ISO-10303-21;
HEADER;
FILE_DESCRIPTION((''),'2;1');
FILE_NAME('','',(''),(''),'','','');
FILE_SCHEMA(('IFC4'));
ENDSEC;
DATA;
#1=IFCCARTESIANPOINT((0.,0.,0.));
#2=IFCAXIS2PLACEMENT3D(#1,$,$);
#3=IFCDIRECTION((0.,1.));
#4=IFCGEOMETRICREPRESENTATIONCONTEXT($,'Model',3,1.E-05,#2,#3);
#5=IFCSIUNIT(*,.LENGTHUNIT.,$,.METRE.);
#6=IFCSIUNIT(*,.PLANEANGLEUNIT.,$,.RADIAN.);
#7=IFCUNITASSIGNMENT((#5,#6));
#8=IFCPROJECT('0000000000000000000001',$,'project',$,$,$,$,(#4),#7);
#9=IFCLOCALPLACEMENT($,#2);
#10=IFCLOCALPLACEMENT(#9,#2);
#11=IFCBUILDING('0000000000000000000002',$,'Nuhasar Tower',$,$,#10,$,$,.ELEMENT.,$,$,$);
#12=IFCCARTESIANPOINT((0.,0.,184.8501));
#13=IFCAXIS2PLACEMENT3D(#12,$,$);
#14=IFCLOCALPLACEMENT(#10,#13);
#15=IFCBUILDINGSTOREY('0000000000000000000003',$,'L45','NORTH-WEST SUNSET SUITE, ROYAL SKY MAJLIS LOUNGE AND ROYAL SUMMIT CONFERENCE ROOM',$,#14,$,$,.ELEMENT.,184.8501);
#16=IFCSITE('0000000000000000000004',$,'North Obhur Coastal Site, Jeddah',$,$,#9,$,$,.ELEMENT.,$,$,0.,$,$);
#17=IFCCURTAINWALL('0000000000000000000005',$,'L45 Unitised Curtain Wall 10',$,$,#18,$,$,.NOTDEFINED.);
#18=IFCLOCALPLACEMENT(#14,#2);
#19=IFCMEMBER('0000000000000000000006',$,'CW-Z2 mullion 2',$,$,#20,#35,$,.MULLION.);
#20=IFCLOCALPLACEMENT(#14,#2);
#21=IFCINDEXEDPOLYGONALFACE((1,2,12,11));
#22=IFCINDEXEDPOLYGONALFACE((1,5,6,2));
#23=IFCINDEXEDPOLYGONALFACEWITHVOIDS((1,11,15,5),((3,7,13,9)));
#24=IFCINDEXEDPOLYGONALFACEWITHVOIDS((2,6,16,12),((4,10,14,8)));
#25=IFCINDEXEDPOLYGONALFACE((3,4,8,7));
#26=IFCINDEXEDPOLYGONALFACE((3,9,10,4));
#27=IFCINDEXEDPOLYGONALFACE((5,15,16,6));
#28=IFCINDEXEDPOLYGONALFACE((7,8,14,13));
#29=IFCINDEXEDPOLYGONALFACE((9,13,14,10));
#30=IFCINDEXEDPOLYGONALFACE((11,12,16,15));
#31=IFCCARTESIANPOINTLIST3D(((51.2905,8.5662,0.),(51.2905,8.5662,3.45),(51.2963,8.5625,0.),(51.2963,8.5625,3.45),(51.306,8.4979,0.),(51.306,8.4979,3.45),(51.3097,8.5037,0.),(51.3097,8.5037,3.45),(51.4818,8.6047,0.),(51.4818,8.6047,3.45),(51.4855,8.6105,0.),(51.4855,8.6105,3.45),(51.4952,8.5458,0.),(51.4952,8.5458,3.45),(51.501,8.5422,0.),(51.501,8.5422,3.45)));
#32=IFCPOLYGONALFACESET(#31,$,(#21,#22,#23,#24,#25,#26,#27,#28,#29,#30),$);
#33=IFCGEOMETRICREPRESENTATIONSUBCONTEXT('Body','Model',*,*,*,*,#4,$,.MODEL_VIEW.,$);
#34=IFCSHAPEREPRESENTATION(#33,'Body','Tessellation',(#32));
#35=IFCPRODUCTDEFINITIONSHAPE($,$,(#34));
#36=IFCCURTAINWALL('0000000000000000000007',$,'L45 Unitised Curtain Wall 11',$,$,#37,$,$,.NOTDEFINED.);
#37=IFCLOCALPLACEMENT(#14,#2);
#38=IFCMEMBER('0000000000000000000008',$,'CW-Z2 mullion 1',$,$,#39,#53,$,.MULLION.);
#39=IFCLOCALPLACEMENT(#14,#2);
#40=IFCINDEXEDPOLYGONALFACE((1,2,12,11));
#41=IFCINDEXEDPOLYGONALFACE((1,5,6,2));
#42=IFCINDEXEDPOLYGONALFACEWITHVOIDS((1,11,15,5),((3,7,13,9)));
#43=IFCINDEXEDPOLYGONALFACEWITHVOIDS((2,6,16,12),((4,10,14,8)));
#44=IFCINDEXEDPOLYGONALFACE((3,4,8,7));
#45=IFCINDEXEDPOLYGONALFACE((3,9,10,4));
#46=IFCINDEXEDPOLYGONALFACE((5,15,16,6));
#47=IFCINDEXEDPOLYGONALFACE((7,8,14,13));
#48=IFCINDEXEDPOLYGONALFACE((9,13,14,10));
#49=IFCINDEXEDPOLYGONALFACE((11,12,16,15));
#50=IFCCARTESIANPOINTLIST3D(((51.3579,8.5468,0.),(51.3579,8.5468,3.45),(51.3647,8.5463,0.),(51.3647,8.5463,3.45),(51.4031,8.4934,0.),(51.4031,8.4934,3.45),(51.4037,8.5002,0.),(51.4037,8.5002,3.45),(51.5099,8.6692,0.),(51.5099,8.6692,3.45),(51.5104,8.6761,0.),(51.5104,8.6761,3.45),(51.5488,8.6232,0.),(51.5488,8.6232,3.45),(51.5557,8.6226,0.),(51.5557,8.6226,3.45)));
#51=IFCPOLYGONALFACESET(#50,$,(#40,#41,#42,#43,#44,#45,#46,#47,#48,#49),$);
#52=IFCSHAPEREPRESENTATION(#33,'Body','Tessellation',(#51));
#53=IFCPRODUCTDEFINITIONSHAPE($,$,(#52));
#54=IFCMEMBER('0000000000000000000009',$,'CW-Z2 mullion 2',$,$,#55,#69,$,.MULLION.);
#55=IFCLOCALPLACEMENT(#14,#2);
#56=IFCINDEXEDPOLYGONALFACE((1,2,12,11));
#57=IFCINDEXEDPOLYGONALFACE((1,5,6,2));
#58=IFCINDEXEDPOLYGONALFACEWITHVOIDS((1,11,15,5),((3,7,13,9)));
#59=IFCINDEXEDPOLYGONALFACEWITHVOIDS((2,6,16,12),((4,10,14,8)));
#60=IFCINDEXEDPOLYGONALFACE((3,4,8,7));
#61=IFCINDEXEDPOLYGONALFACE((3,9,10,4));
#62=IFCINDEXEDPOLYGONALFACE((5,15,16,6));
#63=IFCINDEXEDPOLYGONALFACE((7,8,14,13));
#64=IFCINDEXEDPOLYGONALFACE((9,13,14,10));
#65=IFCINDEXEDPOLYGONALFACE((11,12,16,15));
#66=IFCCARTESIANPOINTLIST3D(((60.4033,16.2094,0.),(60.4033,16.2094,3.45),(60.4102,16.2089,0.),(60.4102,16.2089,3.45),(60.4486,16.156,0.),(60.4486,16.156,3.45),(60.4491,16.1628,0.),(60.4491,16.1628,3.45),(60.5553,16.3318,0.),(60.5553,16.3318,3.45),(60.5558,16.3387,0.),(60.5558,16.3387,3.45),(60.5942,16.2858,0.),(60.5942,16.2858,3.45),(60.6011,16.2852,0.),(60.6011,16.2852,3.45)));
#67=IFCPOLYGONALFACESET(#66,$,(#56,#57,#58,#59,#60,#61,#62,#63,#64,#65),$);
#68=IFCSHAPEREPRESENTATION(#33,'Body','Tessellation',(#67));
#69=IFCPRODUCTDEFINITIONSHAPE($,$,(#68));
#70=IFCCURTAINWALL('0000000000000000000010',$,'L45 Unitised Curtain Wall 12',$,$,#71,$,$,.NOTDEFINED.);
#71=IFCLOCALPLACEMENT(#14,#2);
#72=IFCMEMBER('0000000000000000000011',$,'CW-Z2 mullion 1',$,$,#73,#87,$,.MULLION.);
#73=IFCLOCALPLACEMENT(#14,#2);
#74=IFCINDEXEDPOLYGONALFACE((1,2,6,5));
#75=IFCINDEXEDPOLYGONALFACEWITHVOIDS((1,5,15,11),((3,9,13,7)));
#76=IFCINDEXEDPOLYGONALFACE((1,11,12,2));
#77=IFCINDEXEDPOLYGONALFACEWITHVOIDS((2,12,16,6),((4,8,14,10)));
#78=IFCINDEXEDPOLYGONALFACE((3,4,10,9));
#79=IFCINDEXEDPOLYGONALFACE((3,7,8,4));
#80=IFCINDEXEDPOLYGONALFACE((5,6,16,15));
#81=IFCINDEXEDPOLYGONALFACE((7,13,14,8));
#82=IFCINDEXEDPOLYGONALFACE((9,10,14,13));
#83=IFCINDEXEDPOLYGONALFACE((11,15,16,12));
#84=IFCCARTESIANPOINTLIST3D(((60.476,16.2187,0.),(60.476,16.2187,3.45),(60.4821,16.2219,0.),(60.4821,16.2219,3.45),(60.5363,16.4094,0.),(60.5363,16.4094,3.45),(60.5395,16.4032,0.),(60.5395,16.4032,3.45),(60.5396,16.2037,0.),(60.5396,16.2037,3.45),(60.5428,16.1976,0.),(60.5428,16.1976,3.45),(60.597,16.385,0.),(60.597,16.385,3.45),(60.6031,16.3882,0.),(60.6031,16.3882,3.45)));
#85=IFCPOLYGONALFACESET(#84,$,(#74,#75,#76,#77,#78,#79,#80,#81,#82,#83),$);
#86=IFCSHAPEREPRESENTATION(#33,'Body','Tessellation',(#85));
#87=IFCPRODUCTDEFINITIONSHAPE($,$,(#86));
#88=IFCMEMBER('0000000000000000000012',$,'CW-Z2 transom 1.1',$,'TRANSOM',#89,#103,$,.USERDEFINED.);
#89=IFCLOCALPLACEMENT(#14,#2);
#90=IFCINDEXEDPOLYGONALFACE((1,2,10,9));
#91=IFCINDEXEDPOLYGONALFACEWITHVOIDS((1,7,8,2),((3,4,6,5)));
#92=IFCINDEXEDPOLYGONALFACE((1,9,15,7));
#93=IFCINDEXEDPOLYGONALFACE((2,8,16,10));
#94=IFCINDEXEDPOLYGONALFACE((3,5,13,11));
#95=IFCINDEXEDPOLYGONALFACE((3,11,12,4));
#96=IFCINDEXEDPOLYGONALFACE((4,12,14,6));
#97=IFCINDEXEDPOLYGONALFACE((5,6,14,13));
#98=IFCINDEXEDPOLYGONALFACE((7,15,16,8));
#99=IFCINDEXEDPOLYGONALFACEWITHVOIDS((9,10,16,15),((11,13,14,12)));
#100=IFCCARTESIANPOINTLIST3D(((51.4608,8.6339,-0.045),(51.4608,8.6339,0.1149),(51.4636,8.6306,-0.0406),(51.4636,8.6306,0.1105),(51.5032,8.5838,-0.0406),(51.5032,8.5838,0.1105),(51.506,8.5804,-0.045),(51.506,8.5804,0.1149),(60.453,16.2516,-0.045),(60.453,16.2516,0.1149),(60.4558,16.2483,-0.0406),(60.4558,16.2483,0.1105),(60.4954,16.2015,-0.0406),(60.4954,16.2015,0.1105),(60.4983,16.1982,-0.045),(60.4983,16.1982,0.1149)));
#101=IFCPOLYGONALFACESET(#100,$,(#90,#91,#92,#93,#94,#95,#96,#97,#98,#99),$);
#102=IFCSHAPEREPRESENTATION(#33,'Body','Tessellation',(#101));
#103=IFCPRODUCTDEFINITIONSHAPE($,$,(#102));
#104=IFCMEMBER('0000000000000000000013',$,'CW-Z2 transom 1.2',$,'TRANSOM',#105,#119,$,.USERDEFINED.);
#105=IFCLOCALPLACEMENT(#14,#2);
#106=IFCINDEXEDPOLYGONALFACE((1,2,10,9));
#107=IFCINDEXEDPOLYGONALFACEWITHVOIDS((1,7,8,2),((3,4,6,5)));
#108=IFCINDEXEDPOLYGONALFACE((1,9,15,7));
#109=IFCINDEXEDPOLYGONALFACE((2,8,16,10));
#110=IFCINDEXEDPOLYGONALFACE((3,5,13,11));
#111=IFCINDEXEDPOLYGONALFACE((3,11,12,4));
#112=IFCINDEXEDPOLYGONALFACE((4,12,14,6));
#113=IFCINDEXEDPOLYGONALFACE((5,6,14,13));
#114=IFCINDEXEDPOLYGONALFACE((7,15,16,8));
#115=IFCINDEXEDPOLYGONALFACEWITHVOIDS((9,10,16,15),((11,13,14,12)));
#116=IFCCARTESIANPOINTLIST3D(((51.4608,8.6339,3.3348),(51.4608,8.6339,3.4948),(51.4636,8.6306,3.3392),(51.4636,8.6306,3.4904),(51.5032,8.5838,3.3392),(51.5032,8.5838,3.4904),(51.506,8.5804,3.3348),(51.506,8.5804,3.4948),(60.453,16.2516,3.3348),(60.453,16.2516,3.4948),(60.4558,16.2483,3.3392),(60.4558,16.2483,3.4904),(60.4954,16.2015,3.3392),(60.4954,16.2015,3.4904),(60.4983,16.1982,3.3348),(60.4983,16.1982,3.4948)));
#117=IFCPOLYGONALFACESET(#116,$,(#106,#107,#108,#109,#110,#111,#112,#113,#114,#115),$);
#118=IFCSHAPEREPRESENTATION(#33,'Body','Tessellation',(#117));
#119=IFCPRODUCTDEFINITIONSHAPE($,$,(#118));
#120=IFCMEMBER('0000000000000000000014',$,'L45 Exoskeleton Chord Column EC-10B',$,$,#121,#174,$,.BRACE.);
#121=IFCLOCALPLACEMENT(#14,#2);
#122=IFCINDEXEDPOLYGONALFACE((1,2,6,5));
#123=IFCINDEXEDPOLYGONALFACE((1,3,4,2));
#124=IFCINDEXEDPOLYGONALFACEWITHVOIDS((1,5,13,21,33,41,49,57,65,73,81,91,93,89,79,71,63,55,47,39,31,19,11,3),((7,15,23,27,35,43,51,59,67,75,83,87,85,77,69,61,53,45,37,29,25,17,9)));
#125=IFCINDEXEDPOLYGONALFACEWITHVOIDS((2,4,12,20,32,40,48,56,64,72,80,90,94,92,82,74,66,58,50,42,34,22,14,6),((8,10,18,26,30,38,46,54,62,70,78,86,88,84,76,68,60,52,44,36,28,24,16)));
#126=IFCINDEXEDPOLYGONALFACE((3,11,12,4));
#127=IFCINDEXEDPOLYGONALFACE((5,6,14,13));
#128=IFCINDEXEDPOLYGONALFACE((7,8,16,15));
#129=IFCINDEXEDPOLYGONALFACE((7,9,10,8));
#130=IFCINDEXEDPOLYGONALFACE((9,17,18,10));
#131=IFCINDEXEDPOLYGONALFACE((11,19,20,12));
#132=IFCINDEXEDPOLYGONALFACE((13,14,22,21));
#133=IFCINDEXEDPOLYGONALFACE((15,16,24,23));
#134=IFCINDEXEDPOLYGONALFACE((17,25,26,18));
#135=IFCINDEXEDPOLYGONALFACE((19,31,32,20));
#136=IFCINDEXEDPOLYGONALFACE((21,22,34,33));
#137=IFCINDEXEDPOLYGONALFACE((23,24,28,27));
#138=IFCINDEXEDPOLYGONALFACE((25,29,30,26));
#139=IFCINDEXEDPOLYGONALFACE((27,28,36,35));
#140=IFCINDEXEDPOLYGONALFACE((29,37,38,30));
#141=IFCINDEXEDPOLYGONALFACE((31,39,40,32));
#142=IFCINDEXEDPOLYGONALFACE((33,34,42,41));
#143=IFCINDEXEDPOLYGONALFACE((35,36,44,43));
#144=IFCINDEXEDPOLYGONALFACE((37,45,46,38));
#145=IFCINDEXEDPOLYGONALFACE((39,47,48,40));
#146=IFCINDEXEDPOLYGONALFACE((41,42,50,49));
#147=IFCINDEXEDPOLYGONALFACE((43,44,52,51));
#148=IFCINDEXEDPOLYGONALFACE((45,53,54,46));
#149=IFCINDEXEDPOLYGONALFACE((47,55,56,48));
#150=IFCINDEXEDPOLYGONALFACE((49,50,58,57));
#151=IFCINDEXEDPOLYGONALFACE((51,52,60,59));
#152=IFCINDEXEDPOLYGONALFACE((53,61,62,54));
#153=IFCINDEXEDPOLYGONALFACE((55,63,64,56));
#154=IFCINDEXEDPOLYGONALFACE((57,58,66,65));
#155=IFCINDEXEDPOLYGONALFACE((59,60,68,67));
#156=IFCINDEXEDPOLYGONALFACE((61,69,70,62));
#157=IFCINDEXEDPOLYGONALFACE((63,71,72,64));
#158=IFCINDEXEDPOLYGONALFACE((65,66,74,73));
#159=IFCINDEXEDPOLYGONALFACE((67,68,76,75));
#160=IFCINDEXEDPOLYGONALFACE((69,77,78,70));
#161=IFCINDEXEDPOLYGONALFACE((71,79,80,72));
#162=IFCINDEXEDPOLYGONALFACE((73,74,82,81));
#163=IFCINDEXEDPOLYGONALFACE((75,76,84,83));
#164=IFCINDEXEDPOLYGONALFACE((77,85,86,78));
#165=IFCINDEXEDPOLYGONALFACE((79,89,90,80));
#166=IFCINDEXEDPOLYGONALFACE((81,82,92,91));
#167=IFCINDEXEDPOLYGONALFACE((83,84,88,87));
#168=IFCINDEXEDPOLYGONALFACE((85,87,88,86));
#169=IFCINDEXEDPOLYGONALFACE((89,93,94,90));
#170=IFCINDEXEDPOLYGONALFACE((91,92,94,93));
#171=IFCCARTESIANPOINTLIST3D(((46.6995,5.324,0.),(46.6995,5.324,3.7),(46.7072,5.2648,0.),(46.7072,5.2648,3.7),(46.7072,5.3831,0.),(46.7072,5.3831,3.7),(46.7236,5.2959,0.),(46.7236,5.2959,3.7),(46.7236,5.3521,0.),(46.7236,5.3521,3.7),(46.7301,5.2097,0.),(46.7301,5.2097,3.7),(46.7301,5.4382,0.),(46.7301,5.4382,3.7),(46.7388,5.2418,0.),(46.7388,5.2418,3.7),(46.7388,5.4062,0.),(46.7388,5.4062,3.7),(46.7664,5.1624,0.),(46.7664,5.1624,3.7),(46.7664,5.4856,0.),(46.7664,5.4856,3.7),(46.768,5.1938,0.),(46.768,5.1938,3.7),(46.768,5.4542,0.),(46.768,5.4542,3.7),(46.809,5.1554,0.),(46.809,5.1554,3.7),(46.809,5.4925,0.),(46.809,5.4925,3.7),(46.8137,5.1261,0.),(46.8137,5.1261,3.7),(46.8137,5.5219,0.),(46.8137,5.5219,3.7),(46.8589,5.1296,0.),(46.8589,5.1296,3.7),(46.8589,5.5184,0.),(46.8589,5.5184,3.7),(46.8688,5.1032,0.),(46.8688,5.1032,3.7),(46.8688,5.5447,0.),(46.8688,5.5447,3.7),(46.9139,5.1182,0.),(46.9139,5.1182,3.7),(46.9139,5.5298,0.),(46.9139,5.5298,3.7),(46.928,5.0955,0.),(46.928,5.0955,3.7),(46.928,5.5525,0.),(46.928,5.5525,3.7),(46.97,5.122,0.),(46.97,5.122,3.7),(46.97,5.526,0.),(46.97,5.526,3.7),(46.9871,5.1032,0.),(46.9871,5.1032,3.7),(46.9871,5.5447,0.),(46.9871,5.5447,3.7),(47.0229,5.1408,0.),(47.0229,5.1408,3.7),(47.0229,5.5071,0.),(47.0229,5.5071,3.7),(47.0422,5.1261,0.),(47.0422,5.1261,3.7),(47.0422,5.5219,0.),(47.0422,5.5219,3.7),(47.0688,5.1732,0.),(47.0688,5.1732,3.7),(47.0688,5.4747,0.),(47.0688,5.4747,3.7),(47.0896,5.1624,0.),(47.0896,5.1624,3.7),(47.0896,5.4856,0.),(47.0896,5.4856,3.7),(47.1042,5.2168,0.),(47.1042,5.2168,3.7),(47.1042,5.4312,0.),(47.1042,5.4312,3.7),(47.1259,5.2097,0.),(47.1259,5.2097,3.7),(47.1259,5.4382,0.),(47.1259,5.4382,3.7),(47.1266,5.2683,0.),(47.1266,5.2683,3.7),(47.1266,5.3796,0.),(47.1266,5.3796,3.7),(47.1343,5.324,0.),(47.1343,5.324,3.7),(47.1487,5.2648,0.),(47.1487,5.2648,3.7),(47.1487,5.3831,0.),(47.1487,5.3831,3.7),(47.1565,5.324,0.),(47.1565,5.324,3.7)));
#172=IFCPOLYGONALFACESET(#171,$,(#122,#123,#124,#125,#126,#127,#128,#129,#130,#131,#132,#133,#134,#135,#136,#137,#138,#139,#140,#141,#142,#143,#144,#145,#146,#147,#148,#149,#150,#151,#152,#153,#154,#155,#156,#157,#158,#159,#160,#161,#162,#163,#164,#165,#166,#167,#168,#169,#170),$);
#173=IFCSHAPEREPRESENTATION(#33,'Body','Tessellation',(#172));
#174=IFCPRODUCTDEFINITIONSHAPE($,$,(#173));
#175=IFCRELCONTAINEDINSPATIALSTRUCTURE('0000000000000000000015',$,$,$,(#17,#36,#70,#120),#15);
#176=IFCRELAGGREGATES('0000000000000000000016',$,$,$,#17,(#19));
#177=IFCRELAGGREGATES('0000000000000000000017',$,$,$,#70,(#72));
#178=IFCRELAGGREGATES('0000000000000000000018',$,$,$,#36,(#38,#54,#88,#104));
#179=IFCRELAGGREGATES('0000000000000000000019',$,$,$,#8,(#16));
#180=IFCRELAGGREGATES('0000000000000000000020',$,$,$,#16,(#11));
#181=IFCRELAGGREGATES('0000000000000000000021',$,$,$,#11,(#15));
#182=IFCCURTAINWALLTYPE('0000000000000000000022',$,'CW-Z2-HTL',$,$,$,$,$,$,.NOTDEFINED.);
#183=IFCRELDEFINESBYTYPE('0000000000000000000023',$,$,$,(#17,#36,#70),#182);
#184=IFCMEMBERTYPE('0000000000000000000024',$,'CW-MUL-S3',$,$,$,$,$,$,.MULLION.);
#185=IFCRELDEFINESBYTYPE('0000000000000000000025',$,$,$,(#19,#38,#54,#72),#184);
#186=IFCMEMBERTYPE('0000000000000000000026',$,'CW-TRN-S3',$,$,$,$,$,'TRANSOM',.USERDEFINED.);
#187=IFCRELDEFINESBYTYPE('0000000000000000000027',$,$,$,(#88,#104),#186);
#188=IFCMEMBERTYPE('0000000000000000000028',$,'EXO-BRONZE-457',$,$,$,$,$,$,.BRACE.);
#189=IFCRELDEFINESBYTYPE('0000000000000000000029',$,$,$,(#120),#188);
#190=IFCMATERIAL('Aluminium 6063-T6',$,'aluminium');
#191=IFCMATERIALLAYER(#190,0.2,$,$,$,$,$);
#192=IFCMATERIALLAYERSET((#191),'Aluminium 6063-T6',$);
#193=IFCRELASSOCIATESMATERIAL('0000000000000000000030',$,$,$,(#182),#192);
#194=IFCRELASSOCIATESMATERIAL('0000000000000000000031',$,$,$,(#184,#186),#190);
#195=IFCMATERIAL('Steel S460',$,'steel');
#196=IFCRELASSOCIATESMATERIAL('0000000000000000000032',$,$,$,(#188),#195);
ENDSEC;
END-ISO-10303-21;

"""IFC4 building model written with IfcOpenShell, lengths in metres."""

from ifc_helpers import new_model, si_unit, direction, frame, origin, origin_2d, place, context, subcontext, project, spatial, hollow_rectangle, hollow_circle, extrude, material, layer, layer_set, material_profile, profile_set, type_object, element, aggregate, save


model = new_model("IFC4")

# Units and contexts
model_context = context("Model", 3, precision=1e-05, world=origin(), true_north=direction((0.0, 1.0)))
body_context = subcontext(model_context, "Body", "Model", "MODEL_VIEW")
ifc_project = project(units=[si_unit("LENGTHUNIT", "METRE"), si_unit("PLANEANGLEUNIT", "RADIAN")], contexts=[model_context])

# Site, building, storey
site_placement = place(None, origin())
site = spatial("IfcSite", under=ifc_project, at=site_placement, Name="North Obhur Coastal Site, Jeddah", CompositionType="ELEMENT", RefElevation=0.0)
building_placement = place(site_placement, origin())
building = spatial("IfcBuilding", under=site, at=building_placement, Name="Nuhasar Tower", CompositionType="ELEMENT")
storey_placement = place(building_placement, frame((0.0, 0.0, 184.8501)))
storey = spatial("IfcBuildingStorey", under=building, at=storey_placement, Name="L45", Description="NORTH-WEST SUNSET SUITE, ROYAL SKY MAJLIS LOUNGE AND ROYAL SUMMIT CONFERENCE ROOM", CompositionType="ELEMENT", Elevation=184.8501)

# Curtain wall, member
ifc_material_1 = material(Name="Aluminium 6063-T6", Category="aluminium")
ifc_layer_1 = layer(ifc_material_1, 0.2)
ifc_layer_set_1 = layer_set([ifc_layer_1], Name="Aluminium 6063-T6")
curtain_wall_type = type_object("IfcCurtainWallType", Name="CW-Z2-HTL", PredefinedType="NOTDEFINED", material=ifc_layer_set_1)
curtain_wall_1_placement = place(storey_placement, origin())
curtain_wall_1 = element("IfcCurtainWall", 1, at=curtain_wall_1_placement, inside=storey, type_object=curtain_wall_type, Name="L45 Unitised Curtain Wall 10", PredefinedType="NOTDEFINED")
ifc_material_profile_1 = material_profile(ifc_material_1, hollow_rectangle(XDim=0.0701, YDim=0.2, WallThickness=0.0049, at=origin_2d()), Name="CWM-3")
ifc_profile_set_1 = profile_set([ifc_material_profile_1], Name="Aluminium 6063-T6")
member_type_1 = type_object("IfcMemberType", Name="CW-MUL-S3", PredefinedType="MULLION", material=ifc_profile_set_1)
member_1_placement = place(storey_placement, frame((51.3958, 8.5542, 0.0), z_axis=(0.0, 0.0, 1.0), x_axis=(-0.221397, 0.975184, 0.0)))
member_1 = element("IfcMember", 2, at=member_1_placement, type_object=member_type_1, Name="CW-Z2 mullion 2", PredefinedType="MULLION", context=body_context, shape_type="SweptSolid", body=[
    extrude(hollow_rectangle(XDim=0.0701, YDim=0.2, WallThickness=0.0049, at=origin_2d()), origin(), (0.0, 0.0, 1.0), 3.45),
])
aggregate(curtain_wall_1, [member_1])

# Curtain wall, members
curtain_wall_2_placement = place(storey_placement, origin())
curtain_wall_2 = element("IfcCurtainWall", 3, at=curtain_wall_2_placement, inside=storey, type_object=curtain_wall_type, Name="L45 Unitised Curtain Wall 11", PredefinedType="NOTDEFINED")
member_2_placement = place(storey_placement, frame((51.4568, 8.5847, 0.0), z_axis=(0.0, 0.0, 1.0), x_axis=(-0.646374, 0.76302, 0.0)))
member_2 = element("IfcMember", 4, at=member_2_placement, type_object=member_type_1, Name="CW-Z2 mullion 1", PredefinedType="MULLION", context=body_context, shape_type="SweptSolid", body=[
    extrude(hollow_rectangle(XDim=0.0701, YDim=0.2, WallThickness=0.0049, at=origin_2d()), origin(), (0.0, 0.0, 1.0), 3.45),
])
member_3_placement = place(storey_placement, frame((60.5022, 16.2473, 0.0), z_axis=(0.0, 0.0, 1.0), x_axis=(-0.646374, 0.76302, 0.0)))
member_3 = element("IfcMember", 5, at=member_3_placement, type_object=member_type_1, Name="CW-Z2 mullion 2", PredefinedType="MULLION", context=body_context, shape_type="SweptSolid", body=[
    extrude(hollow_rectangle(XDim=0.0701, YDim=0.2, WallThickness=0.0049, at=origin_2d()), origin(), (0.0, 0.0, 1.0), 3.45),
])

# Curtain wall, member
curtain_wall_3_placement = place(storey_placement, origin())
curtain_wall_3 = element("IfcCurtainWall", 6, at=curtain_wall_3_placement, inside=storey, type_object=curtain_wall_type, Name="L45 Unitised Curtain Wall 12", PredefinedType="NOTDEFINED")
member_4_placement = place(storey_placement, frame((60.5396, 16.3035, 0.0), z_axis=(0.0, 0.0, 1.0), x_axis=(-0.953433, 0.301604, 0.0)))
member_4 = element("IfcMember", 7, at=member_4_placement, type_object=member_type_1, Name="CW-Z2 mullion 1", PredefinedType="MULLION", context=body_context, shape_type="SweptSolid", body=[
    extrude(hollow_rectangle(XDim=0.0701, YDim=0.2, WallThickness=0.0049, at=origin_2d()), origin(), (0.0, 0.0, 1.0), 3.45),
])
aggregate(curtain_wall_3, [member_4])

# Members
ifc_material_profile_2 = material_profile(ifc_material_1, hollow_rectangle(XDim=0.0701, YDim=0.1599, WallThickness=0.0044, at=origin_2d()), Name="CWT-3")
ifc_profile_set_2 = profile_set([ifc_material_profile_2], Name="Aluminium 6063-T6")
member_type_2 = type_object("IfcMemberType", Name="CW-TRN-S3", ElementType="TRANSOM", PredefinedType="USERDEFINED", material=ifc_profile_set_2)
member_5_placement = place(storey_placement, frame((51.4834, 8.6072, 0.0349), z_axis=(0.763014, 0.646382, 0.0), x_axis=(-0.646382, 0.763014, 0.0)))
member_5 = element("IfcMember", 8, at=member_5_placement, type_object=member_type_2, Name="CW-Z2 transom 1.1", ObjectType="TRANSOM", PredefinedType="USERDEFINED", context=body_context, shape_type="SweptSolid", body=[
    extrude(hollow_rectangle(XDim=0.0701, YDim=0.1599, WallThickness=0.0044, at=origin_2d()), origin(), (0.0, 0.0, 1.0), 11.7852),
])
member_6_placement = place(storey_placement, frame((51.4834, 8.6072, 3.4148), z_axis=(0.763014, 0.646382, 0.0), x_axis=(-0.646382, 0.763014, 0.0)))
member_6 = element("IfcMember", 9, at=member_6_placement, type_object=member_type_2, Name="CW-Z2 transom 1.2", ObjectType="TRANSOM", PredefinedType="USERDEFINED", context=body_context, shape_type="SweptSolid", body=[
    extrude(hollow_rectangle(XDim=0.0701, YDim=0.1599, WallThickness=0.0044, at=origin_2d()), origin(), (0.0, 0.0, 1.0), 11.7852),
])

# Member
ifc_material_2 = material(Name="Steel S460", Category="steel")
ifc_material_profile_3 = material_profile(ifc_material_2, hollow_circle(Radius=0.2285, WallThickness=0.0222, at=origin_2d()), Name="HSS457X22.2")
ifc_profile_set_3 = profile_set([ifc_material_profile_3], Name="Steel S460")
member_type_3 = type_object("IfcMemberType", Name="EXO-BRONZE-457", PredefinedType="BRACE", material=ifc_profile_set_3)
for number, where, z_axis, x_axis, name in (
    (10, (46.928, 5.324, 0.0), (0.0, 0.0, 1.0), (1.0, 0.0, 0.0), "L45 Exoskeleton Chord Column EC-10B"),
):
    element("IfcMember", number, at=place(storey_placement, frame(where, z_axis=z_axis, x_axis=x_axis)), inside=storey, type_object=member_type_3, Name=name, PredefinedType="BRACE", context=body_context, shape_type="SweptSolid", body=[
        extrude(hollow_circle(Radius=0.2285, WallThickness=0.0222, at=origin_2d()), origin(), (0.0, 0.0, 1.0), 3.7),
    ])

aggregate(curtain_wall_2, [member_2, member_3, member_5, member_6])

save(model, "model.ifc")
